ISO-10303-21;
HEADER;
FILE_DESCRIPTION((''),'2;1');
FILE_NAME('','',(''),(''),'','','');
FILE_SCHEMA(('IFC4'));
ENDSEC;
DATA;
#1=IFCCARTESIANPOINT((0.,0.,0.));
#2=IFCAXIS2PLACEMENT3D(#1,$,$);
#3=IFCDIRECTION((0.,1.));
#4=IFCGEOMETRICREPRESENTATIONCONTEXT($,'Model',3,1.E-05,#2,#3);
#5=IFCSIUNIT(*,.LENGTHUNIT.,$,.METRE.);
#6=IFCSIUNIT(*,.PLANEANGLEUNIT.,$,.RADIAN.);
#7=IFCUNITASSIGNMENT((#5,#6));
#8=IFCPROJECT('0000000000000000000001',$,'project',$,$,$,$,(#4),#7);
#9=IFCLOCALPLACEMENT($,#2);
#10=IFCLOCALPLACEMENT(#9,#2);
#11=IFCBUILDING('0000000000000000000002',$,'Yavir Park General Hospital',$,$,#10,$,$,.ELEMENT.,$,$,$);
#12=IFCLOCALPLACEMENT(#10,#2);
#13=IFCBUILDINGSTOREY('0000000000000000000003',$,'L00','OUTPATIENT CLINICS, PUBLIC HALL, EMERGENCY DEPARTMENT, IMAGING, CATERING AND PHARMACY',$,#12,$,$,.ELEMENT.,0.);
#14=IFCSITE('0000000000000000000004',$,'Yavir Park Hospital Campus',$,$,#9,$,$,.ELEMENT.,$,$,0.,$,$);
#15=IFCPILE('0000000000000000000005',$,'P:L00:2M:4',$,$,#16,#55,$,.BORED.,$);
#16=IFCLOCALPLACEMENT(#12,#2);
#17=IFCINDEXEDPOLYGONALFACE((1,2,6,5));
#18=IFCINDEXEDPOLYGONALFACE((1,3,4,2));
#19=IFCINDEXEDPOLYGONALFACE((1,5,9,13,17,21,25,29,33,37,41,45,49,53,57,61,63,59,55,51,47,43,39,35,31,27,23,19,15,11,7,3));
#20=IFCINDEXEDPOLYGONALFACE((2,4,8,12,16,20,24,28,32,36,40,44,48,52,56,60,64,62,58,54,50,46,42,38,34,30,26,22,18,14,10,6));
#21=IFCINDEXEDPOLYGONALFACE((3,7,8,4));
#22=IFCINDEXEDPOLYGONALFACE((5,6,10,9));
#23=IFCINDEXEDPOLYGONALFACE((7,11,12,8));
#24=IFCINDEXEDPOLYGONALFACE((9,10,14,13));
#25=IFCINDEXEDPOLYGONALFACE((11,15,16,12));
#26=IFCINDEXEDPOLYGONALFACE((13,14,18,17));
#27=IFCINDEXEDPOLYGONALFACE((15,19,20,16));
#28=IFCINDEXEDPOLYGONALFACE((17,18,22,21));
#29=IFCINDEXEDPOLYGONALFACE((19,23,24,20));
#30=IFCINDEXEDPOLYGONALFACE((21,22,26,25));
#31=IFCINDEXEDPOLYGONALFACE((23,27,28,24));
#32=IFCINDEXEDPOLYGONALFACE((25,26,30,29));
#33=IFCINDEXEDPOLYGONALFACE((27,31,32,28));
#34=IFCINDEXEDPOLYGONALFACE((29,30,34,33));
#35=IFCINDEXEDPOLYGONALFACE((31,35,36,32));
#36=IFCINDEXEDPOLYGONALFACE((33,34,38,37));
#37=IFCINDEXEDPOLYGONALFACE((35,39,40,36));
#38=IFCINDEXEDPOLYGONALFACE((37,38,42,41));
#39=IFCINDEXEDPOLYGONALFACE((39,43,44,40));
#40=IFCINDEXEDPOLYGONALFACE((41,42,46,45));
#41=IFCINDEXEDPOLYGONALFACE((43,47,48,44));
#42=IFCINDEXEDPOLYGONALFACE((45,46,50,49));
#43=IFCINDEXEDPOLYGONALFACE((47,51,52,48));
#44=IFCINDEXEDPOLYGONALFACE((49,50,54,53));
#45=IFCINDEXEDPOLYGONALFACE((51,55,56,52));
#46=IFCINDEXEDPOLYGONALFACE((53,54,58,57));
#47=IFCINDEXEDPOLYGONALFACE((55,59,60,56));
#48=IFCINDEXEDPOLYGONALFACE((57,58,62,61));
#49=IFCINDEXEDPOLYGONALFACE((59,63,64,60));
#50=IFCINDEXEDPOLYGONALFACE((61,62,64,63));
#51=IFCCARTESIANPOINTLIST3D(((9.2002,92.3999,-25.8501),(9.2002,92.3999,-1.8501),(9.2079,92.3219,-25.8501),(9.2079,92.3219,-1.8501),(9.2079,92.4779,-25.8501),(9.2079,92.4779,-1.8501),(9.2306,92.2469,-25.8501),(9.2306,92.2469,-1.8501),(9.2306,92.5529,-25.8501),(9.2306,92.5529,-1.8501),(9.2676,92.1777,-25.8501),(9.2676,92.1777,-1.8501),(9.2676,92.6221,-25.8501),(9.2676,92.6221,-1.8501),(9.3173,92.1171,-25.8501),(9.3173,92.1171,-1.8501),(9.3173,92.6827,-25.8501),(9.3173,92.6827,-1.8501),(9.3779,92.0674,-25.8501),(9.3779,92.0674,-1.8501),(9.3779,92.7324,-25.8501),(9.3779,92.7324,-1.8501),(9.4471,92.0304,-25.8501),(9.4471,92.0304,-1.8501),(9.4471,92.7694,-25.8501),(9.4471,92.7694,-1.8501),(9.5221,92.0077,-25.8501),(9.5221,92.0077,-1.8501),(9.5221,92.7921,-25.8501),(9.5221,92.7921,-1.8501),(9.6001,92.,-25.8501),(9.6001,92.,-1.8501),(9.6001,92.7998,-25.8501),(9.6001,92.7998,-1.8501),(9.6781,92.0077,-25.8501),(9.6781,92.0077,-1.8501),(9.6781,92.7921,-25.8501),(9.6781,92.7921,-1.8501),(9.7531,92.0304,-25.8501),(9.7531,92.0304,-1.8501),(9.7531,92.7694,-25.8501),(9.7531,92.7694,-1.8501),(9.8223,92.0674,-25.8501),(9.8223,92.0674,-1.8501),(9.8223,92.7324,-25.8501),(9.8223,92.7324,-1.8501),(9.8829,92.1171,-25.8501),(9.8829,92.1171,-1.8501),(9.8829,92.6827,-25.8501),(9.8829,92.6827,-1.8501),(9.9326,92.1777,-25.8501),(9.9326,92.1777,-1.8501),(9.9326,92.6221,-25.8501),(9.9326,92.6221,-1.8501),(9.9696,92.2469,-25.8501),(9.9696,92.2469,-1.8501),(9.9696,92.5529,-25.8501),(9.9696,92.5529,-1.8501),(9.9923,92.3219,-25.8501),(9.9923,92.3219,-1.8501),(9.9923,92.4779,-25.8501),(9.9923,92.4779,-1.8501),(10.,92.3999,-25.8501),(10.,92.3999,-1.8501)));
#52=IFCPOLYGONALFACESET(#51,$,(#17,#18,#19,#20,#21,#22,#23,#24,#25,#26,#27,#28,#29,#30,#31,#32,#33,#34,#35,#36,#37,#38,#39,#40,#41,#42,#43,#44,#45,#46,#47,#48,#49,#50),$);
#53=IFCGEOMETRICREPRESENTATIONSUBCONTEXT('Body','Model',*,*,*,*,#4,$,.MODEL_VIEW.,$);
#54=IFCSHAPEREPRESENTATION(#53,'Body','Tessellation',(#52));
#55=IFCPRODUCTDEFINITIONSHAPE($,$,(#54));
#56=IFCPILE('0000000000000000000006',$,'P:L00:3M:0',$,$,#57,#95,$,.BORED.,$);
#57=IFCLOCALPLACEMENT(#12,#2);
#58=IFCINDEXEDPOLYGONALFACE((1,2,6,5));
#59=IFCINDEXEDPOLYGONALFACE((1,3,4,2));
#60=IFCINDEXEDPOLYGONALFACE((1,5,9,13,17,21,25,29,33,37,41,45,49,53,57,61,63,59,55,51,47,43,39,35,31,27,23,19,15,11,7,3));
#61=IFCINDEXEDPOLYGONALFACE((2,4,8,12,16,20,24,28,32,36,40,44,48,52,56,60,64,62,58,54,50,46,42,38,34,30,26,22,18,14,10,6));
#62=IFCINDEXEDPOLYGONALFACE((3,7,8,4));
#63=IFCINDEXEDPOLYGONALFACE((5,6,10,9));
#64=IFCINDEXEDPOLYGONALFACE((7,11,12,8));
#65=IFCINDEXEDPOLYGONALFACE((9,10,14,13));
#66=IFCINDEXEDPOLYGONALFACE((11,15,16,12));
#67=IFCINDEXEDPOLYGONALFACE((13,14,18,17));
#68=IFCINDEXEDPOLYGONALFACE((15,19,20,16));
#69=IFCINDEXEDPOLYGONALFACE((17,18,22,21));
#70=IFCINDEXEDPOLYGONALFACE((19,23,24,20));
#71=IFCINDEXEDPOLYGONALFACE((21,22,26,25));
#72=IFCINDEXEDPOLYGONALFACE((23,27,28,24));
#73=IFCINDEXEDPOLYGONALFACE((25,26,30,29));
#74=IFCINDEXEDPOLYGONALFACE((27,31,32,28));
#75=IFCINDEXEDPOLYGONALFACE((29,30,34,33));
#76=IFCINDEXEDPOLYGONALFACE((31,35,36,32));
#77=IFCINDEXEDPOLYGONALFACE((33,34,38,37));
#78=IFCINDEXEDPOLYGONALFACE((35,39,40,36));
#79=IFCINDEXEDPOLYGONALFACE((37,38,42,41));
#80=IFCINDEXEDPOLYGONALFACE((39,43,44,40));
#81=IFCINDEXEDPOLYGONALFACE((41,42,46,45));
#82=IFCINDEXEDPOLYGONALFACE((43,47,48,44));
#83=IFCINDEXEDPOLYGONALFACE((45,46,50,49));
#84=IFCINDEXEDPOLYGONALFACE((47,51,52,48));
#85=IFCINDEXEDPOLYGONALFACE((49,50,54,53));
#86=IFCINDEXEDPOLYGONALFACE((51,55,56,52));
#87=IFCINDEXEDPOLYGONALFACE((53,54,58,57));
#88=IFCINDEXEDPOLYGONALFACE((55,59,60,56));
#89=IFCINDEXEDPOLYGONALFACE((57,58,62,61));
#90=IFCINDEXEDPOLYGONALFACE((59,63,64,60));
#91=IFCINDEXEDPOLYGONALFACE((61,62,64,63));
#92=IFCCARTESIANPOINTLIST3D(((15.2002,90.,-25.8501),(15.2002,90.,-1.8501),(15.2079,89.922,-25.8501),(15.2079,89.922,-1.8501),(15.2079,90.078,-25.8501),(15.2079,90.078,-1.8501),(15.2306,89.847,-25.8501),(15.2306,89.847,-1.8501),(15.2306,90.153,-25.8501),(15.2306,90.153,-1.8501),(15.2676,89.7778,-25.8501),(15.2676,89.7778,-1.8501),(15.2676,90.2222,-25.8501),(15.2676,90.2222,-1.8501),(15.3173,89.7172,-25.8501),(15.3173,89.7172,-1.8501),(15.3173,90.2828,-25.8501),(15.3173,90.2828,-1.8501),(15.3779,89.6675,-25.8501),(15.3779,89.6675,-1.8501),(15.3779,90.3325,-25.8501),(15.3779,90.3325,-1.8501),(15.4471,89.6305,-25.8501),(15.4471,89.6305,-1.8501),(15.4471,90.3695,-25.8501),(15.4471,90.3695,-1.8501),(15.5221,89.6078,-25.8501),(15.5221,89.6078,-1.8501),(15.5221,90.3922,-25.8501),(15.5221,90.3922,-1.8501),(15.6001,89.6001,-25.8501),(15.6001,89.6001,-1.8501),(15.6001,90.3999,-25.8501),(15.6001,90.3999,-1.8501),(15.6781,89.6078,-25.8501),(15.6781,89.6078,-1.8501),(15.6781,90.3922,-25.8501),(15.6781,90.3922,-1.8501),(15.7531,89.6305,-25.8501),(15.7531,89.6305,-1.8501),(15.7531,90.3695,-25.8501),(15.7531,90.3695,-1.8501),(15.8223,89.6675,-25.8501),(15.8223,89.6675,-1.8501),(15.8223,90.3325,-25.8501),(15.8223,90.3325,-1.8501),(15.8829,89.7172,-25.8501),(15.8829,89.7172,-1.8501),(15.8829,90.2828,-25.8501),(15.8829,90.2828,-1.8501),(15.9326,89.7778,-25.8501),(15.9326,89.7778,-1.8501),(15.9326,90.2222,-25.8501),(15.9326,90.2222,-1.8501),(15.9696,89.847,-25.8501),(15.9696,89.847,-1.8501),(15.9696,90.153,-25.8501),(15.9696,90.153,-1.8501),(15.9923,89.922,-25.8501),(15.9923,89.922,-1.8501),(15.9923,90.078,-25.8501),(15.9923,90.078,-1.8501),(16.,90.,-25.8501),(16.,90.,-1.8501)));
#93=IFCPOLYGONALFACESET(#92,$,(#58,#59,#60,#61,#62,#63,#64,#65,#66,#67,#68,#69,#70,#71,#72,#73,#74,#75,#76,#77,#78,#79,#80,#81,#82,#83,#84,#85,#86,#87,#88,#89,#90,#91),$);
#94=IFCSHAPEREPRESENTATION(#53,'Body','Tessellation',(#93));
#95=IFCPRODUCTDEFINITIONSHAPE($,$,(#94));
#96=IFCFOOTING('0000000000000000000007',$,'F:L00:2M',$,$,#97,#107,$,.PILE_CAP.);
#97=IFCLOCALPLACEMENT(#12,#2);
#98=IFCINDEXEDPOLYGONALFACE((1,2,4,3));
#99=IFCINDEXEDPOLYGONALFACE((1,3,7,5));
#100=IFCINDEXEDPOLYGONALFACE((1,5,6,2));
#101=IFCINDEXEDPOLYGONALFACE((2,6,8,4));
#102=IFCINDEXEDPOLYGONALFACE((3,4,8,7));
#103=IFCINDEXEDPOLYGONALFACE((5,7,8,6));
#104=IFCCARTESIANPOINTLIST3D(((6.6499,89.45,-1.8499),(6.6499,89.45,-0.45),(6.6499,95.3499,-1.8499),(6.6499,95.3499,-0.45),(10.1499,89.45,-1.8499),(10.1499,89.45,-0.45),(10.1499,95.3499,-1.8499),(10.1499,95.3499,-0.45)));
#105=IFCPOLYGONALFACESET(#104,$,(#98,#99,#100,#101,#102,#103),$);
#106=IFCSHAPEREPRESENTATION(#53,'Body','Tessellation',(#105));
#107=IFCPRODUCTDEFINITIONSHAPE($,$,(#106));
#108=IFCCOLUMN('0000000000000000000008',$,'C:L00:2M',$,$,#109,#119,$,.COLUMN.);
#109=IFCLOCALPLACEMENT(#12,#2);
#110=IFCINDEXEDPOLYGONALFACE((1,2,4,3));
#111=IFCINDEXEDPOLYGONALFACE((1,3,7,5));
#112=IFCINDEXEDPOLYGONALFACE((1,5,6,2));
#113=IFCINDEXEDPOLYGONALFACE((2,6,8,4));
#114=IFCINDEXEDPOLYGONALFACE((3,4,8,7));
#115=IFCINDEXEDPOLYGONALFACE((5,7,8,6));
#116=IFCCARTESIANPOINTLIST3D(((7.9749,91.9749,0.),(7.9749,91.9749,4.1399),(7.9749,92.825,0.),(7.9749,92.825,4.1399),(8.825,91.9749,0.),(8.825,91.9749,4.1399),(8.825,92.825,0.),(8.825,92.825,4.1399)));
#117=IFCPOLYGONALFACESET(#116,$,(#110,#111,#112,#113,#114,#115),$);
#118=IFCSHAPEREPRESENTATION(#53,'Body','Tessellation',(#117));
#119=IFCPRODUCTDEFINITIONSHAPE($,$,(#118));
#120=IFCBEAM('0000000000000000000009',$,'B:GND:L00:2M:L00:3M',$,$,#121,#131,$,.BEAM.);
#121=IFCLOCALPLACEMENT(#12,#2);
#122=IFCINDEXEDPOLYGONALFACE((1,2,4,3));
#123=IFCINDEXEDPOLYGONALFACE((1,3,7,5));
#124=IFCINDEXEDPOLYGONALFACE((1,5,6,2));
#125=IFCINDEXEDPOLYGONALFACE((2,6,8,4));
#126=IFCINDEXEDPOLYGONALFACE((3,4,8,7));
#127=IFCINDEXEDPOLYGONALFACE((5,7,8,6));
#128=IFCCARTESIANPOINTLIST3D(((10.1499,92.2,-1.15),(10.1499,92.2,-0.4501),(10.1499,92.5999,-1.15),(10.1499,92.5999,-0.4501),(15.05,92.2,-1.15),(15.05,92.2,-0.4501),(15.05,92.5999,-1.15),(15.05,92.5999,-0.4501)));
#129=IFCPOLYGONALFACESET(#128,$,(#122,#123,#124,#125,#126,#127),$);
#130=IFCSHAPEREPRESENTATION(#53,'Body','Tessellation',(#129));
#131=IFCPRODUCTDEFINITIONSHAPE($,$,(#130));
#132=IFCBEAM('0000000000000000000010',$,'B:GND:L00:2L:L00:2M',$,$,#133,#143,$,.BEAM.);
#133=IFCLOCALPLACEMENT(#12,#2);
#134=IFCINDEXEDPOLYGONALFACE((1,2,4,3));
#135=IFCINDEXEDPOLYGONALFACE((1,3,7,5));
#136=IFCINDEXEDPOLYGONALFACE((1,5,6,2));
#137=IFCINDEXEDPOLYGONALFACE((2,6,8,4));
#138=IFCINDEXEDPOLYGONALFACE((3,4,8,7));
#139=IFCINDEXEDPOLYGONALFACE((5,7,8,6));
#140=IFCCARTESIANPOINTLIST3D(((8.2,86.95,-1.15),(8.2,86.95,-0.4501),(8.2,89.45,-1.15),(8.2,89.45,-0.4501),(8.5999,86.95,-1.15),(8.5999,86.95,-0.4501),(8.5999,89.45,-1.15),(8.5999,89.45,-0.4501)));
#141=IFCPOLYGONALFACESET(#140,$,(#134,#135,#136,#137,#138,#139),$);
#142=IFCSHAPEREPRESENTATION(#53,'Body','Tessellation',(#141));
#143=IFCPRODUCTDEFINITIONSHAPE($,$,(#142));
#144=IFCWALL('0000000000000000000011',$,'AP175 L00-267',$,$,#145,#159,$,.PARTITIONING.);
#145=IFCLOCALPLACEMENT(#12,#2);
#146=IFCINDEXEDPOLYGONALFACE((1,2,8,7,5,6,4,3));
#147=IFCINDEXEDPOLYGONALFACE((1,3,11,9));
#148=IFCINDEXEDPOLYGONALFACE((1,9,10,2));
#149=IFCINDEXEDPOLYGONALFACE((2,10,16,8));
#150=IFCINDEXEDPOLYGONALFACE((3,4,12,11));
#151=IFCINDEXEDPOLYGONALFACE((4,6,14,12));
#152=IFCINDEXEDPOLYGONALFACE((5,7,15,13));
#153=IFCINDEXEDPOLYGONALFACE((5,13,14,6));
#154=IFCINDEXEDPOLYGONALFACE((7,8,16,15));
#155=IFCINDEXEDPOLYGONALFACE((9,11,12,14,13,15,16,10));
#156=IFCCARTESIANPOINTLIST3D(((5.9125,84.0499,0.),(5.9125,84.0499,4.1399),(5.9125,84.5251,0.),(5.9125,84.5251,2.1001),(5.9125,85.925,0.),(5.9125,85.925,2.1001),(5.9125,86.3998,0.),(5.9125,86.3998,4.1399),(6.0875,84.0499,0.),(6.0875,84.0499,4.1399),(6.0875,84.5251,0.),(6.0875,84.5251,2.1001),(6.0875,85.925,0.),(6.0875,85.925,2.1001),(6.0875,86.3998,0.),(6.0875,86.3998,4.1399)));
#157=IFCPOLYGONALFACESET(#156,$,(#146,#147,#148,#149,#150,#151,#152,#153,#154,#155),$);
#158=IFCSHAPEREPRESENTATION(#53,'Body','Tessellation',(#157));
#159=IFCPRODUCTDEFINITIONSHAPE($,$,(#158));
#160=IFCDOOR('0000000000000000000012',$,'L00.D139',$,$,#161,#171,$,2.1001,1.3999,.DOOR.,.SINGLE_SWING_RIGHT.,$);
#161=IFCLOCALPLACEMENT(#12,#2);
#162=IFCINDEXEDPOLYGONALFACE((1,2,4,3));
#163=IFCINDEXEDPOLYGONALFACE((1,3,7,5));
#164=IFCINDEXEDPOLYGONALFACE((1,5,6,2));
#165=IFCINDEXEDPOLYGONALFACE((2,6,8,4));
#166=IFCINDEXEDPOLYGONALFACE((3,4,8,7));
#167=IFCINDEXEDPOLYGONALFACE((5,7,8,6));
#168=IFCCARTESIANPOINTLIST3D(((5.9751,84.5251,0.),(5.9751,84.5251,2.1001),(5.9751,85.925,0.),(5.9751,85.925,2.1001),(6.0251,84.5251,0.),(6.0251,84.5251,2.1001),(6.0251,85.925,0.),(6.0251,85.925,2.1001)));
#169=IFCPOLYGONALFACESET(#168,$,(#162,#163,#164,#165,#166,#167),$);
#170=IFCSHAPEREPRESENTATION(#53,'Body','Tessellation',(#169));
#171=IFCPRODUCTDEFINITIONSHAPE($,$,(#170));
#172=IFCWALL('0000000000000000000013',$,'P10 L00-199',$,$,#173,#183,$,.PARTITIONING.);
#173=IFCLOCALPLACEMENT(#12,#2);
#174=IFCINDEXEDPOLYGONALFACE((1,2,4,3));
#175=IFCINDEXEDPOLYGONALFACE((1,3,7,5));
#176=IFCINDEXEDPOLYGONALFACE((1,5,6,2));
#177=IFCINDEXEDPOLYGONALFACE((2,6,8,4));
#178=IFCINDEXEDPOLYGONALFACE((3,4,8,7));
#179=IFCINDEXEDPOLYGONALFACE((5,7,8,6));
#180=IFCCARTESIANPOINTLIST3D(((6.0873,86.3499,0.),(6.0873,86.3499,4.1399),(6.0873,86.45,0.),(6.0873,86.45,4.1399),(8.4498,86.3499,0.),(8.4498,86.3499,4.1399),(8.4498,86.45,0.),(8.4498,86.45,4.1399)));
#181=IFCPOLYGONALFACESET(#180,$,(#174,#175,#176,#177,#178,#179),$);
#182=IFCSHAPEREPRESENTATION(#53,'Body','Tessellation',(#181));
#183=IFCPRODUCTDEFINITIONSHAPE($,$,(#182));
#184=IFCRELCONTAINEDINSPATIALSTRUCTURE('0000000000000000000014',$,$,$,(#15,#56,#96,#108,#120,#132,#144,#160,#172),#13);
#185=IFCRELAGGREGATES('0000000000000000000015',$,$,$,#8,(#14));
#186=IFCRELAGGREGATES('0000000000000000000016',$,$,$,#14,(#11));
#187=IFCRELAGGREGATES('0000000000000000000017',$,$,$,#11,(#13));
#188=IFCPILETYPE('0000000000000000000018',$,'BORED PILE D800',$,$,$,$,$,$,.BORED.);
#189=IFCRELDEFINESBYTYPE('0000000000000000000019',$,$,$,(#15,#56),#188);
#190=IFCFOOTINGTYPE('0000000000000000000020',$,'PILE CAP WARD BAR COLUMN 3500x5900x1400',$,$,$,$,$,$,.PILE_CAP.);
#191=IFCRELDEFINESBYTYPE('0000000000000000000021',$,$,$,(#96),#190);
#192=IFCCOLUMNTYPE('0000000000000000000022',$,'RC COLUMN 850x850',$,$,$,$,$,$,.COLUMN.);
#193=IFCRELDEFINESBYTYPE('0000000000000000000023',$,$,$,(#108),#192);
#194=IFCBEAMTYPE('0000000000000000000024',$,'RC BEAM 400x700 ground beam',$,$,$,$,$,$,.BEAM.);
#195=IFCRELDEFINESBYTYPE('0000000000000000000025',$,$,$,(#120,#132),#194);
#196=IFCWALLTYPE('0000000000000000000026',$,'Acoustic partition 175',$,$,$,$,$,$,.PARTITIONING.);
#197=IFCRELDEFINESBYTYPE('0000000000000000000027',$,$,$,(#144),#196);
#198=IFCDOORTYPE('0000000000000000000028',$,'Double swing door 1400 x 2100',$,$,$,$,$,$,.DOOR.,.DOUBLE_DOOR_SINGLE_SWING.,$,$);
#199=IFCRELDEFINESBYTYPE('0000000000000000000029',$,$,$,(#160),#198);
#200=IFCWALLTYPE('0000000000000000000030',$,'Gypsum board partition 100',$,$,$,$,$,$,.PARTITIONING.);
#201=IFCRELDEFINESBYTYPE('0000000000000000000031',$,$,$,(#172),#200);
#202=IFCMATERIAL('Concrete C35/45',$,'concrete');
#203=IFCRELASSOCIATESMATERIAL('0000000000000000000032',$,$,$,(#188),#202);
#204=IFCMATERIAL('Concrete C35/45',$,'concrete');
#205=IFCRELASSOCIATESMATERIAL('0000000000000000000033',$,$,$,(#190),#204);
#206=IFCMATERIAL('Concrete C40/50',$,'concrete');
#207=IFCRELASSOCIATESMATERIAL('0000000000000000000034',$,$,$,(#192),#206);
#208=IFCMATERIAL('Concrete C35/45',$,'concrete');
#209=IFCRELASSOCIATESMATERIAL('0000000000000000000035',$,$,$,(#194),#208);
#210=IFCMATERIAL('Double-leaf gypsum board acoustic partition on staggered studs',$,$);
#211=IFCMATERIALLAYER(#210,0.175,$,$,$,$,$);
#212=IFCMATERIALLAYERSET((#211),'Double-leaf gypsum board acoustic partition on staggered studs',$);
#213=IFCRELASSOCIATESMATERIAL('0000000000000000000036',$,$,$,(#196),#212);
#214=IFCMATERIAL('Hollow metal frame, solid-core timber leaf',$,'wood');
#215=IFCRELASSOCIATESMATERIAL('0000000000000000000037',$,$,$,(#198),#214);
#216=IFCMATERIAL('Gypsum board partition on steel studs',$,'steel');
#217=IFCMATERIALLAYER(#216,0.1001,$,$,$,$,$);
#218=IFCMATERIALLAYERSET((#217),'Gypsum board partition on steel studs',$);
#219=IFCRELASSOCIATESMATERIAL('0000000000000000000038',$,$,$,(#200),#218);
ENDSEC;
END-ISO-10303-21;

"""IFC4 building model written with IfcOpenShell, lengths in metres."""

from ifc_helpers import new_model, si_unit, direction, frame, frame_2d, origin, origin_2d, place, context, subcontext, project, spatial, rectangle, circle, extrude, material, layer, layer_set, material_profile, profile_set, type_object, element, fill, save


model = new_model("IFC4")

# Units and contexts
model_context = context("Model", 3, precision=1e-05, world=origin(), true_north=direction((0.0, 1.0)))
body_context = subcontext(model_context, "Body", "Model", "MODEL_VIEW")
ifc_project = project(units=[si_unit("LENGTHUNIT", "METRE"), si_unit("PLANEANGLEUNIT", "RADIAN")], contexts=[model_context])

# Site, building, storey
site_placement = place(None, origin())
site = spatial("IfcSite", under=ifc_project, at=site_placement, Name="Yavir Park Hospital Campus", CompositionType="ELEMENT", RefElevation=0.0)
building_placement = place(site_placement, origin())
building = spatial("IfcBuilding", under=site, at=building_placement, Name="Yavir Park General Hospital", CompositionType="ELEMENT")
storey_placement = place(building_placement, origin())
storey = spatial("IfcBuildingStorey", under=building, at=storey_placement, Name="L00", Description="OUTPATIENT CLINICS, PUBLIC HALL, EMERGENCY DEPARTMENT, IMAGING, CATERING AND PHARMACY", CompositionType="ELEMENT", Elevation=0.0)

# Piles
ifc_material_1 = material(Name="Concrete C35/45", Category="concrete")
ifc_material_profile_1 = material_profile(ifc_material_1, circle(Radius=0.3999, at=origin_2d()), Name="D800")
ifc_profile_set_1 = profile_set([ifc_material_profile_1], Name="Concrete C35/45")
pile_type = type_object("IfcPileType", Name="BORED PILE D800", PredefinedType="BORED", material=ifc_profile_set_1)
for number, where, z_axis, x_axis, name in (
    (1, (9.6001, 92.3999, -1.8501), (0.0, 0.0, -1.0), (1.0, 0.0, 0.0), "P:L00:2M:4"),
    (2, (15.6001, 90.0, -1.8501), (0.0, 0.0, -1.0), (1.0, 0.0, 0.0), "P:L00:3M:0"),
):
    element("IfcPile", number, at=place(storey_placement, frame(where, z_axis=z_axis, x_axis=x_axis)), inside=storey, type_object=pile_type, Name=name, PredefinedType="BORED", context=body_context, shape_type="SweptSolid", body=[
        extrude(circle(Radius=0.3999, at=origin_2d()), origin(), (0.0, 0.0, 1.0), 24.0),
    ])

# Footing
ifc_material_2 = material(Name="Concrete C35/45", Category="concrete")
footing_type = type_object("IfcFootingType", Name="PILE CAP WARD BAR COLUMN 3500x5900x1400", PredefinedType="PILE_CAP", material=ifc_material_2)
footing_placement = place(storey_placement, frame((8.3999, 92.3999, -1.8499), z_axis=(0.0, 0.0, 1.0), x_axis=(1.0, 0.0, 0.0)))
element("IfcFooting", 3, at=footing_placement, inside=storey, type_object=footing_type, Name="F:L00:2M", PredefinedType="PILE_CAP", context=body_context, shape_type="SweptSolid", body=[
    extrude(rectangle(XDim=3.5, YDim=5.8999, at=origin_2d()), origin(), (0.0, 0.0, 1.0), 1.3999),
])

# Column
ifc_material_3 = material(Name="Concrete C40/50", Category="concrete")
ifc_material_profile_2 = material_profile(ifc_material_3, rectangle(XDim=0.8501, YDim=0.8501, at=origin_2d()), Name="RC850x850")
ifc_profile_set_2 = profile_set([ifc_material_profile_2], Name="Concrete C40/50")
column_type = type_object("IfcColumnType", Name="RC COLUMN 850x850", PredefinedType="COLUMN", material=ifc_profile_set_2)
column_placement = place(storey_placement, frame((8.3999, 92.3999, 0.0), z_axis=(0.0, 0.0, 1.0), x_axis=(1.0, 0.0, 0.0)))
element("IfcColumn", 4, at=column_placement, inside=storey, type_object=column_type, Name="C:L00:2M", PredefinedType="COLUMN", context=body_context, shape_type="SweptSolid", body=[
    extrude(rectangle(XDim=0.8501, YDim=0.8501, at=origin_2d()), origin(), (0.0, 0.0, 1.0), 4.1399),
])

# Beams
ifc_material_4 = material(Name="Concrete C35/45", Category="concrete")
ifc_material_profile_3 = material_profile(ifc_material_4, rectangle(XDim=0.3999, YDim=0.7, at=origin_2d()), Name="RC400x700")
ifc_profile_set_3 = profile_set([ifc_material_profile_3], Name="Concrete C35/45")
beam_type = type_object("IfcBeamType", Name="RC BEAM 400x700 ground beam", PredefinedType="BEAM", material=ifc_profile_set_3)
beam_1_placement = place(storey_placement, frame((10.1499, 92.3999, -0.8), z_axis=(1.0, 0.0, 0.0), x_axis=(0.0, 1.0, 0.0)))
element("IfcBeam", 5, at=beam_1_placement, inside=storey, type_object=beam_type, Name="B:GND:L00:2M:L00:3M", PredefinedType="BEAM", context=body_context, shape_type="SweptSolid", body=[
    extrude(rectangle(XDim=0.3999, YDim=0.7, at=origin_2d()), origin(), (0.0, 0.0, 1.0), 4.9001),
])
beam_2_placement = place(storey_placement, frame((8.3999, 86.95, -0.8), z_axis=(0.0, 1.0, 0.0), x_axis=(-1.0, 0.0, 0.0)))
element("IfcBeam", 6, at=beam_2_placement, inside=storey, type_object=beam_type, Name="B:GND:L00:2L:L00:2M", PredefinedType="BEAM", context=body_context, shape_type="SweptSolid", body=[
    extrude(rectangle(XDim=0.3999, YDim=0.7, at=origin_2d()), origin(), (0.0, 0.0, 1.0), 2.5),
])

# Wall, opening, door
ifc_material_5 = material(Name="Double-leaf gypsum board acoustic partition on staggered studs")
ifc_layer_1 = layer(ifc_material_5, 0.175)
ifc_layer_set_1 = layer_set([ifc_layer_1], Name="Double-leaf gypsum board acoustic partition on staggered studs")
wall_type_1 = type_object("IfcWallType", Name="Acoustic partition 175", PredefinedType="PARTITIONING", material=ifc_layer_set_1)
wall_1_placement = place(storey_placement, frame((6.0, 84.05, 0.0), z_axis=(0.0, 0.0, 1.0), x_axis=(0.0, 1.0, 0.0)))
wall_1 = element("IfcWall", 7, at=wall_1_placement, inside=storey, type_object=wall_type_1, Name="AP175 L00-267", PredefinedType="PARTITIONING", context=body_context, shape_type="SweptSolid", body=[
    extrude(rectangle(XDim=2.3499, YDim=0.175, at=frame_2d((1.1748, 0.0))), origin(), (0.0, 0.0, 1.0), 4.1399),
])
opening_1_placement = place(wall_1_placement, frame((0.4751, 0.0, 0.0)))
opening_1 = element("IfcOpeningElement", 8, at=opening_1_placement, cuts=wall_1, PredefinedType="OPENING", context=body_context, shape_type="SweptSolid", body=[
    extrude(rectangle(XDim=1.3999, YDim=2.1001, at=frame_2d((0.7, 1.05))), frame((0.0, 0.0974, 0.0), z_axis=(0.0, -1.0, 0.0), x_axis=(1.0, 0.0, 0.0)), (0.0, 0.0, 1.0), 0.1951),
])
ifc_material_6 = material(Name="Hollow metal frame, solid-core timber leaf", Category="wood")
door_type_1 = type_object("IfcDoorType", Name="Double swing door 1400 x 2100", OperationType="DOUBLE_DOOR_SINGLE_SWING", PredefinedType="DOOR", material=ifc_material_6)
door_1_placement = place(opening_1_placement, origin())
door_1 = element("IfcDoor", 9, at=door_1_placement, inside=storey, type_object=door_type_1, Name="L00.D139", OperationType="SINGLE_SWING_RIGHT", OverallHeight=2.1001, OverallWidth=1.3999, PredefinedType="DOOR", context=body_context, shape_type="SweptSolid", body=[
    extrude(rectangle(XDim=1.3999, YDim=2.1001, at=frame_2d((0.7, 1.05))), frame((0.0, 0.0249, 0.0), z_axis=(0.0, -1.0, 0.0), x_axis=(1.0, 0.0, 0.0)), (0.0, 0.0, 1.0), 0.05),
])
fill(opening_1, door_1)

# Wall
ifc_material_7 = material(Name="Gypsum board partition on steel studs", Category="steel")
ifc_layer_2 = layer(ifc_material_7, 0.1001)
ifc_layer_set_2 = layer_set([ifc_layer_2], Name="Gypsum board partition on steel studs")
wall_type_2 = type_object("IfcWallType", Name="Gypsum board partition 100", PredefinedType="PARTITIONING", material=ifc_layer_set_2)
wall_2_placement = place(storey_placement, frame((6.0874, 86.3999, 0.0), z_axis=(0.0, 0.0, 1.0), x_axis=(1.0, 0.0, 0.0)))
element("IfcWall", 10, at=wall_2_placement, inside=storey, type_object=wall_type_2, Name="P10 L00-199", PredefinedType="PARTITIONING", context=body_context, shape_type="SweptSolid", body=[
    extrude(rectangle(XDim=2.3625, YDim=0.1001, at=frame_2d((1.1812, 0.0))), origin(), (0.0, 0.0, 1.0), 4.1399),
])

save(model, "model.ifc")
